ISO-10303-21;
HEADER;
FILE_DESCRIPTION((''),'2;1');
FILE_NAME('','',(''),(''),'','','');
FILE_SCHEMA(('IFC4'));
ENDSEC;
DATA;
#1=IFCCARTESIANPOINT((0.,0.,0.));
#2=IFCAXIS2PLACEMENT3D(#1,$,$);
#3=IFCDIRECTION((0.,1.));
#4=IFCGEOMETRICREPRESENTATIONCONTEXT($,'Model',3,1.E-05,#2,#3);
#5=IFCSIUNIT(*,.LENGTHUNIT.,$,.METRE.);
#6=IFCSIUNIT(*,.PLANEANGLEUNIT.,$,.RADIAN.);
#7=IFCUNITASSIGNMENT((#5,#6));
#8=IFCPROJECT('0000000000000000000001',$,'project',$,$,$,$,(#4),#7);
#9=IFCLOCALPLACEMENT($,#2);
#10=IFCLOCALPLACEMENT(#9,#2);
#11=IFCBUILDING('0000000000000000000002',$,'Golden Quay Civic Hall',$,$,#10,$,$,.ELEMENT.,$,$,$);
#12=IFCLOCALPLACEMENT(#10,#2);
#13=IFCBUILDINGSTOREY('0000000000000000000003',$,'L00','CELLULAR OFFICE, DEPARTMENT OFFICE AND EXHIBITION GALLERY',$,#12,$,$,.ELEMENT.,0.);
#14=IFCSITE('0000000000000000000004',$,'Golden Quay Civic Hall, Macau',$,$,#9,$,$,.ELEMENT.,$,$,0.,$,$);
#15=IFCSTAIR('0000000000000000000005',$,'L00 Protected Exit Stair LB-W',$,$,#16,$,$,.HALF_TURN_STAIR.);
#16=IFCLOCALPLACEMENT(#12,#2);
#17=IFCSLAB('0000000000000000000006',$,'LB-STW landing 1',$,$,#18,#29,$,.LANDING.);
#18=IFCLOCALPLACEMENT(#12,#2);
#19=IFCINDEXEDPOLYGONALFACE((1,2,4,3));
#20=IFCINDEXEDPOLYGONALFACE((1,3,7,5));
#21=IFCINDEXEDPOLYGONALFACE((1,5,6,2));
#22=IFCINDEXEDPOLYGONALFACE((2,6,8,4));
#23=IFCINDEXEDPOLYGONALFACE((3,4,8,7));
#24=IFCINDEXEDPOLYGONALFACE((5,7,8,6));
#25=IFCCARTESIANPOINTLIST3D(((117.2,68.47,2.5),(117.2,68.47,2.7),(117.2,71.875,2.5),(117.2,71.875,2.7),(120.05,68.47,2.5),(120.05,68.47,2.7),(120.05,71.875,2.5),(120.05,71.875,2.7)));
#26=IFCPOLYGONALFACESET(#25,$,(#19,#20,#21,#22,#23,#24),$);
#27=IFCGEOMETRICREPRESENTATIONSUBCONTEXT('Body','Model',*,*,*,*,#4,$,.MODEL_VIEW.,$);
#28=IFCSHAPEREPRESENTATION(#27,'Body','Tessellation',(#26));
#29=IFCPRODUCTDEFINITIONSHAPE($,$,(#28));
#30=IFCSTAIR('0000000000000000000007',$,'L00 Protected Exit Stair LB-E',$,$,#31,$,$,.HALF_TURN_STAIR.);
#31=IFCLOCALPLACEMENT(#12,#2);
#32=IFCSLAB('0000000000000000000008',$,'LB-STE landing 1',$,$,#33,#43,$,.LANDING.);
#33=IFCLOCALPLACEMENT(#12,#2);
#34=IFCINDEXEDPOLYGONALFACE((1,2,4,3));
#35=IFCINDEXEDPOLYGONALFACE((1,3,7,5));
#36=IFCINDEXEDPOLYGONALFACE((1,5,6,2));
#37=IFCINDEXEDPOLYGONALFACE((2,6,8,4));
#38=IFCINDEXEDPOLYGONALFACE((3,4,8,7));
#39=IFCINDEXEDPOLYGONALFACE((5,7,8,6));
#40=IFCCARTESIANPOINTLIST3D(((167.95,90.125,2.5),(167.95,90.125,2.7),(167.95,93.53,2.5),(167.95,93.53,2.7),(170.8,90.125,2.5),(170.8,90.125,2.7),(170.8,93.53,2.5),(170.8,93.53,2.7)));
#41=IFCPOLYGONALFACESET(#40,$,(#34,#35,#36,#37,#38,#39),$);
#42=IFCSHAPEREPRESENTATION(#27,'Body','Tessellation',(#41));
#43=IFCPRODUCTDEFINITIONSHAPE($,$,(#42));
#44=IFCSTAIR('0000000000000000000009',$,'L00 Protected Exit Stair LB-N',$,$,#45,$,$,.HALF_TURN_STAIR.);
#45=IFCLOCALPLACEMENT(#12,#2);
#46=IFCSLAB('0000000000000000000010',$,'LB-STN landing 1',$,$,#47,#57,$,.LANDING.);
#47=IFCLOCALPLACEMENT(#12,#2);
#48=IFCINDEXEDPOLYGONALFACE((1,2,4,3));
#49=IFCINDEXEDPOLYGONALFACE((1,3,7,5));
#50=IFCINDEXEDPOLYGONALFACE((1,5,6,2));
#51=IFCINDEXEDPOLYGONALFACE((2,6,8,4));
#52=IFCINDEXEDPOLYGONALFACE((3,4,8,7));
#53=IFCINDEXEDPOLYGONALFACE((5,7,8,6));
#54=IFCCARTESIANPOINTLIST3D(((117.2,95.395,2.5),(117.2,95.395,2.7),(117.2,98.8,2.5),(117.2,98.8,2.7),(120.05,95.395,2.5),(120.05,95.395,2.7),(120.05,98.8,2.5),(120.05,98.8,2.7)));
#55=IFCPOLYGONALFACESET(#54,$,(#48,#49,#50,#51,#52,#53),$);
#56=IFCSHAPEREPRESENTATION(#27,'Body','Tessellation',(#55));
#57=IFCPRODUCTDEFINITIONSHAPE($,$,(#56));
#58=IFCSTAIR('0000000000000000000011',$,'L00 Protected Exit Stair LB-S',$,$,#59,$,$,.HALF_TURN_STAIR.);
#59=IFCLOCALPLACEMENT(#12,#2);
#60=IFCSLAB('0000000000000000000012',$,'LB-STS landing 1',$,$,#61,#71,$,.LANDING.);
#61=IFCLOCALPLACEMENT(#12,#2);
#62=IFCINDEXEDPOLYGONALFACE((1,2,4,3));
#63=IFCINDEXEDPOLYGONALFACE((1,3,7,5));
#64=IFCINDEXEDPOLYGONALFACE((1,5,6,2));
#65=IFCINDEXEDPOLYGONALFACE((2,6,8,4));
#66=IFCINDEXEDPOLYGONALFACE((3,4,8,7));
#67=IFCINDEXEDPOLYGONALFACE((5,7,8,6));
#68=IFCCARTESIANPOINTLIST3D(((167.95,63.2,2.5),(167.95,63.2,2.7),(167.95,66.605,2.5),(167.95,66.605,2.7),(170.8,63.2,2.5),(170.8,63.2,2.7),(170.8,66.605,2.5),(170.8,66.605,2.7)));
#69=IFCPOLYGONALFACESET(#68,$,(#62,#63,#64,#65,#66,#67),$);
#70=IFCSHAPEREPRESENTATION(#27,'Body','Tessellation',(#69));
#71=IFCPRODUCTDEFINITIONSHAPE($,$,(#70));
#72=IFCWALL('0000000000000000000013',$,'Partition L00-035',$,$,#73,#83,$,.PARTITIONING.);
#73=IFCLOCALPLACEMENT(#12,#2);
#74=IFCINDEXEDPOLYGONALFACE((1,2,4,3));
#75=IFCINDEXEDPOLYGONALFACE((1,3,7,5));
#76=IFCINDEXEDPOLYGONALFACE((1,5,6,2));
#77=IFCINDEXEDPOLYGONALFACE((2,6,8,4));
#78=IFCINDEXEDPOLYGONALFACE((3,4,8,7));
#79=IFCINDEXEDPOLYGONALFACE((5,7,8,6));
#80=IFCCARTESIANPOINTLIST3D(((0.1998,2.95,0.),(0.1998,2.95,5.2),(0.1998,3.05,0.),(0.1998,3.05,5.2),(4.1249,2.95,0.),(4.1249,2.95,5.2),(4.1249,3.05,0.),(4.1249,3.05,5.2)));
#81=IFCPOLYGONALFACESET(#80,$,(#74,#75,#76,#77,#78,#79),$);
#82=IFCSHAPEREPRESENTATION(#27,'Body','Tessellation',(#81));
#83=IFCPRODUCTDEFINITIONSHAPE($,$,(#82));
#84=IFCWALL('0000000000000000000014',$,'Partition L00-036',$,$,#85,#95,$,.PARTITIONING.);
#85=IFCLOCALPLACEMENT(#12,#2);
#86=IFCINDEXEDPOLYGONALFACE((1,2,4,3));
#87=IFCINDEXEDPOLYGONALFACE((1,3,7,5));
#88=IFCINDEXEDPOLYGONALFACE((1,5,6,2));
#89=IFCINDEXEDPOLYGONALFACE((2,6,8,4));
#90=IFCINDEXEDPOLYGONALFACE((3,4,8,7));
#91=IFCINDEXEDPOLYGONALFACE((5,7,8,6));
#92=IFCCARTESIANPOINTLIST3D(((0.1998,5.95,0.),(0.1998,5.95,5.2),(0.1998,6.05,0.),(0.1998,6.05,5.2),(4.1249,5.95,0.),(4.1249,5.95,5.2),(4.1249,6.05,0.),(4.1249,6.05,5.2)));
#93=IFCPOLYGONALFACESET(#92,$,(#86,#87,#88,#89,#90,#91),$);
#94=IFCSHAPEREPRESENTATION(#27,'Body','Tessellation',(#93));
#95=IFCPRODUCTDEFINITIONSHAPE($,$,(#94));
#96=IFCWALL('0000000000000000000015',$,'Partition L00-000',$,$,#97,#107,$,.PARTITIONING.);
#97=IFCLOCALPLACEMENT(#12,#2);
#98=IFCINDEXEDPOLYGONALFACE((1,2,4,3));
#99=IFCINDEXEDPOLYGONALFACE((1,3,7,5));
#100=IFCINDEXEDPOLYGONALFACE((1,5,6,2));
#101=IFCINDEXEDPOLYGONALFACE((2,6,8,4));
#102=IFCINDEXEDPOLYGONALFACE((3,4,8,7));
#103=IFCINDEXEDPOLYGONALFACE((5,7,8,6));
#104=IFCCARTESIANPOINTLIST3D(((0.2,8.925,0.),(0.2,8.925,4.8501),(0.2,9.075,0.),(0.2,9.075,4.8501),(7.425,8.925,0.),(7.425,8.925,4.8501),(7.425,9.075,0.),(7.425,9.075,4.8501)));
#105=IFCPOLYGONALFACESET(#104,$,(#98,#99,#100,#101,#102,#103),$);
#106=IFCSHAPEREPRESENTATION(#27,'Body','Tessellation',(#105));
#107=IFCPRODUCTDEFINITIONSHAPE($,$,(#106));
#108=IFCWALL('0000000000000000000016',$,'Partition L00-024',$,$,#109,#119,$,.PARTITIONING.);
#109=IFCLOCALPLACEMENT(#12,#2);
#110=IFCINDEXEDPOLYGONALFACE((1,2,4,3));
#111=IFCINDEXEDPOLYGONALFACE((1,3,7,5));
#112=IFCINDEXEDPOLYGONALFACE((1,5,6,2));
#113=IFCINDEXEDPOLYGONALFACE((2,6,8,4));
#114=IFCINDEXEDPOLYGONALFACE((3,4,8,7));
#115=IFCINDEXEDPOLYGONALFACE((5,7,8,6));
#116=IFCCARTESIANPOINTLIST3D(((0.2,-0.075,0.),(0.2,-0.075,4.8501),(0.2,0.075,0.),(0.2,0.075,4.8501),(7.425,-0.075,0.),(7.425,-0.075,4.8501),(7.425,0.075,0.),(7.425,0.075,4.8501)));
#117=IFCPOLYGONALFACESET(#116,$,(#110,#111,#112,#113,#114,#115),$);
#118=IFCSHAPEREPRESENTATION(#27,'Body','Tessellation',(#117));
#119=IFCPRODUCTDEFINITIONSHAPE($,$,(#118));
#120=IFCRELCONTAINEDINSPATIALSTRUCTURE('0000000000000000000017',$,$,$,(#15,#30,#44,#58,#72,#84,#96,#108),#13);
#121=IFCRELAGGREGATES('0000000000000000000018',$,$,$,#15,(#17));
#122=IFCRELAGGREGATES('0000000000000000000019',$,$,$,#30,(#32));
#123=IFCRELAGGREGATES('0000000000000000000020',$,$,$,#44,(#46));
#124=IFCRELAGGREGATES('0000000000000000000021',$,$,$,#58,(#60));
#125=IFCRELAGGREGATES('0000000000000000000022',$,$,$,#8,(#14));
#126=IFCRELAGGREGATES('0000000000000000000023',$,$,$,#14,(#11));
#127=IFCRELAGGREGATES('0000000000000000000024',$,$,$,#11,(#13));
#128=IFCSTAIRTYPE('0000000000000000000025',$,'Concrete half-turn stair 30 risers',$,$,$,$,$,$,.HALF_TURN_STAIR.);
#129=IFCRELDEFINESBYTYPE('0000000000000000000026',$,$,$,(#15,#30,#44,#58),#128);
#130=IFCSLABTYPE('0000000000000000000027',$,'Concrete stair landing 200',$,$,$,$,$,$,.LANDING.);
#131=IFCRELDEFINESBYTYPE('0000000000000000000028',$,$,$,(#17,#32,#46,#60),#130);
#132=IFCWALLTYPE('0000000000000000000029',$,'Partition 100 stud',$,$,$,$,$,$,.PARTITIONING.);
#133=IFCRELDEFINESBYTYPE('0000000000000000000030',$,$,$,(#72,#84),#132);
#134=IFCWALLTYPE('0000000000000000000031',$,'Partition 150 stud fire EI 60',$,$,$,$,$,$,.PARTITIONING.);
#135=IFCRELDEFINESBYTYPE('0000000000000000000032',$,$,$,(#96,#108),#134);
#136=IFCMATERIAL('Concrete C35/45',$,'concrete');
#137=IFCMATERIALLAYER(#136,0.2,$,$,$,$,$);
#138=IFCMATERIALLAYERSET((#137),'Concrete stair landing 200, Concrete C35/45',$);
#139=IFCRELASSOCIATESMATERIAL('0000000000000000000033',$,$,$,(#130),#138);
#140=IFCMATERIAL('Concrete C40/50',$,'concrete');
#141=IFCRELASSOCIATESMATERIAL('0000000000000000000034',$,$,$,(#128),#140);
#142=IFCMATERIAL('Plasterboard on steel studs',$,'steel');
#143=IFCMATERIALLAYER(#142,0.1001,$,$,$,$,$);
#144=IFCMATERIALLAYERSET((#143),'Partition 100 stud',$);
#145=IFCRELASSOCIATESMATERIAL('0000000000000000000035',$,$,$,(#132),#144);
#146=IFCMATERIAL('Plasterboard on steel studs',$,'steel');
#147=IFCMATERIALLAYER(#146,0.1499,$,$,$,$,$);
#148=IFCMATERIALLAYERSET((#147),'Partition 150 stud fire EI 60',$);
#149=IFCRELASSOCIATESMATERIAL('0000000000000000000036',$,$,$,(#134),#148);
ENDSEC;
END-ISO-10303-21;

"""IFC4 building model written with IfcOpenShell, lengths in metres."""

from ifc_helpers import new_model, si_unit, direction, frame, frame_2d, origin, place, context, subcontext, project, spatial, polyline, rectangle, outline, extrude, material, layer, layer_set, type_object, element, aggregate, save


model = new_model("IFC4")

# Units and contexts
model_context = context("Model", 3, precision=1e-05, world=origin(), true_north=direction((0.0, 1.0)))
body_context = subcontext(model_context, "Body", "Model", "MODEL_VIEW")
ifc_project = project(units=[si_unit("LENGTHUNIT", "METRE"), si_unit("PLANEANGLEUNIT", "RADIAN")], contexts=[model_context])

# Site, building, storey
site_placement = place(None, origin())
site = spatial("IfcSite", under=ifc_project, at=site_placement, Name="Golden Quay Civic Hall, Macau", CompositionType="ELEMENT", RefElevation=0.0)
building_placement = place(site_placement, origin())
building = spatial("IfcBuilding", under=site, at=building_placement, Name="Golden Quay Civic Hall", CompositionType="ELEMENT")
storey_placement = place(building_placement, origin())
storey = spatial("IfcBuildingStorey", under=building, at=storey_placement, Name="L00", Description="CELLULAR OFFICE, DEPARTMENT OFFICE AND EXHIBITION GALLERY", CompositionType="ELEMENT", Elevation=0.0)

# Stairs, slabs
ifc_material_1 = material(Name="Concrete C35/45", Category="concrete")
ifc_layer_1 = layer(ifc_material_1, 0.2)
ifc_layer_set_1 = layer_set([ifc_layer_1], Name="Concrete stair landing 200, Concrete C35/45")
slab_type = type_object("IfcSlabType", Name="Concrete stair landing 200", PredefinedType="LANDING", material=ifc_layer_set_1)
ifc_material_2 = material(Name="Concrete C40/50", Category="concrete")
stair_type_1 = type_object("IfcStairType", Name="Concrete half-turn stair 30 risers", PredefinedType="HALF_TURN_STAIR", material=ifc_material_2)
stair_1_placement = place(storey_placement, origin())
stair_1 = element("IfcStair", 1, at=stair_1_placement, inside=storey, type_object=stair_type_1, Name="L00 Protected Exit Stair LB-W", PredefinedType="HALF_TURN_STAIR")
slab_1_placement = place(storey_placement, frame((0.0, 0.0, 2.5)))
slab_1 = element("IfcSlab", 2, at=slab_1_placement, type_object=slab_type, Name="LB-STW landing 1", PredefinedType="LANDING", context=body_context, shape_type="SweptSolid", body=[
    extrude(outline(polyline([(120.05, 68.47), (120.05, 71.875), (117.2, 71.875), (117.2, 68.47), (120.05, 68.47)])), origin(), (0.0, 0.0, 1.0), 0.2),
])
aggregate(stair_1, [slab_1])
stair_2_placement = place(storey_placement, origin())
stair_2 = element("IfcStair", 3, at=stair_2_placement, inside=storey, type_object=stair_type_1, Name="L00 Protected Exit Stair LB-E", PredefinedType="HALF_TURN_STAIR")
slab_2_placement = place(storey_placement, frame((0.0, 0.0, 2.5)))
slab_2 = element("IfcSlab", 4, at=slab_2_placement, type_object=slab_type, Name="LB-STE landing 1", PredefinedType="LANDING", context=body_context, shape_type="SweptSolid", body=[
    extrude(outline(polyline([(167.95, 93.53), (167.95, 90.125), (170.8, 90.125), (170.8, 93.53), (167.95, 93.53)])), origin(), (0.0, 0.0, 1.0), 0.2),
])
aggregate(stair_2, [slab_2])
stair_3_placement = place(storey_placement, origin())
stair_3 = element("IfcStair", 5, at=stair_3_placement, inside=storey, type_object=stair_type_1, Name="L00 Protected Exit Stair LB-N", PredefinedType="HALF_TURN_STAIR")
slab_3_placement = place(storey_placement, frame((0.0, 0.0, 2.5)))
slab_3 = element("IfcSlab", 6, at=slab_3_placement, type_object=slab_type, Name="LB-STN landing 1", PredefinedType="LANDING", context=body_context, shape_type="SweptSolid", body=[
    extrude(outline(polyline([(120.05, 95.395), (120.05, 98.8), (117.2, 98.8), (117.2, 95.395), (120.05, 95.395)])), origin(), (0.0, 0.0, 1.0), 0.2),
])
aggregate(stair_3, [slab_3])
stair_4_placement = place(storey_placement, origin())
stair_4 = element("IfcStair", 7, at=stair_4_placement, inside=storey, type_object=stair_type_1, Name="L00 Protected Exit Stair LB-S", PredefinedType="HALF_TURN_STAIR")
slab_4_placement = place(storey_placement, frame((0.0, 0.0, 2.5)))
slab_4 = element("IfcSlab", 8, at=slab_4_placement, type_object=slab_type, Name="LB-STS landing 1", PredefinedType="LANDING", context=body_context, shape_type="SweptSolid", body=[
    extrude(outline(polyline([(167.95, 66.605), (167.95, 63.2), (170.8, 63.2), (170.8, 66.605), (167.95, 66.605)])), origin(), (0.0, 0.0, 1.0), 0.2),
])
aggregate(stair_4, [slab_4])

# Walls
ifc_material_3 = material(Name="Plasterboard on steel studs", Category="steel")
ifc_layer_2 = layer(ifc_material_3, 0.1001)
ifc_layer_set_2 = layer_set([ifc_layer_2], Name="Partition 100 stud")
wall_type_1 = type_object("IfcWallType", Name="Partition 100 stud", PredefinedType="PARTITIONING", material=ifc_layer_set_2)
for number, where, z_axis, x_axis, name in (
    (9, (0.2, 3.0, 0.0), (0.0, 0.0, 1.0), (1.0, 0.0, 0.0), "Partition L00-035"),
    (10, (0.2, 6.0, 0.0), (0.0, 0.0, 1.0), (1.0, 0.0, 0.0), "Partition L00-036"),
):
    element("IfcWall", number, at=place(storey_placement, frame(where, z_axis=z_axis, x_axis=x_axis)), inside=storey, type_object=wall_type_1, Name=name, PredefinedType="PARTITIONING", context=body_context, shape_type="SweptSolid", body=[
        extrude(rectangle(XDim=3.925, YDim=0.1001, at=frame_2d((1.9624, 0.0))), origin(), (0.0, 0.0, 1.0), 5.2),
    ])
ifc_material_4 = material(Name="Plasterboard on steel studs", Category="steel")
ifc_layer_3 = layer(ifc_material_4, 0.1499)
ifc_layer_set_3 = layer_set([ifc_layer_3], Name="Partition 150 stud fire EI 60")
wall_type_2 = type_object("IfcWallType", Name="Partition 150 stud fire EI 60", PredefinedType="PARTITIONING", material=ifc_layer_set_3)
for number, where, z_axis, x_axis, name in (
    (11, (0.2, 9.0, 0.0), (0.0, 0.0, 1.0), (1.0, 0.0, 0.0), "Partition L00-000"),
    (12, (0.2, 0.0, 0.0), (0.0, 0.0, 1.0), (1.0, 0.0, 0.0), "Partition L00-024"),
):
    element("IfcWall", number, at=place(storey_placement, frame(where, z_axis=z_axis, x_axis=x_axis)), inside=storey, type_object=wall_type_2, Name=name, PredefinedType="PARTITIONING", context=body_context, shape_type="SweptSolid", body=[
        extrude(rectangle(XDim=7.2251, YDim=0.1499, at=frame_2d((3.6125, 0.0))), origin(), (0.0, 0.0, 1.0), 4.8501),
    ])

save(model, "model.ifc")
